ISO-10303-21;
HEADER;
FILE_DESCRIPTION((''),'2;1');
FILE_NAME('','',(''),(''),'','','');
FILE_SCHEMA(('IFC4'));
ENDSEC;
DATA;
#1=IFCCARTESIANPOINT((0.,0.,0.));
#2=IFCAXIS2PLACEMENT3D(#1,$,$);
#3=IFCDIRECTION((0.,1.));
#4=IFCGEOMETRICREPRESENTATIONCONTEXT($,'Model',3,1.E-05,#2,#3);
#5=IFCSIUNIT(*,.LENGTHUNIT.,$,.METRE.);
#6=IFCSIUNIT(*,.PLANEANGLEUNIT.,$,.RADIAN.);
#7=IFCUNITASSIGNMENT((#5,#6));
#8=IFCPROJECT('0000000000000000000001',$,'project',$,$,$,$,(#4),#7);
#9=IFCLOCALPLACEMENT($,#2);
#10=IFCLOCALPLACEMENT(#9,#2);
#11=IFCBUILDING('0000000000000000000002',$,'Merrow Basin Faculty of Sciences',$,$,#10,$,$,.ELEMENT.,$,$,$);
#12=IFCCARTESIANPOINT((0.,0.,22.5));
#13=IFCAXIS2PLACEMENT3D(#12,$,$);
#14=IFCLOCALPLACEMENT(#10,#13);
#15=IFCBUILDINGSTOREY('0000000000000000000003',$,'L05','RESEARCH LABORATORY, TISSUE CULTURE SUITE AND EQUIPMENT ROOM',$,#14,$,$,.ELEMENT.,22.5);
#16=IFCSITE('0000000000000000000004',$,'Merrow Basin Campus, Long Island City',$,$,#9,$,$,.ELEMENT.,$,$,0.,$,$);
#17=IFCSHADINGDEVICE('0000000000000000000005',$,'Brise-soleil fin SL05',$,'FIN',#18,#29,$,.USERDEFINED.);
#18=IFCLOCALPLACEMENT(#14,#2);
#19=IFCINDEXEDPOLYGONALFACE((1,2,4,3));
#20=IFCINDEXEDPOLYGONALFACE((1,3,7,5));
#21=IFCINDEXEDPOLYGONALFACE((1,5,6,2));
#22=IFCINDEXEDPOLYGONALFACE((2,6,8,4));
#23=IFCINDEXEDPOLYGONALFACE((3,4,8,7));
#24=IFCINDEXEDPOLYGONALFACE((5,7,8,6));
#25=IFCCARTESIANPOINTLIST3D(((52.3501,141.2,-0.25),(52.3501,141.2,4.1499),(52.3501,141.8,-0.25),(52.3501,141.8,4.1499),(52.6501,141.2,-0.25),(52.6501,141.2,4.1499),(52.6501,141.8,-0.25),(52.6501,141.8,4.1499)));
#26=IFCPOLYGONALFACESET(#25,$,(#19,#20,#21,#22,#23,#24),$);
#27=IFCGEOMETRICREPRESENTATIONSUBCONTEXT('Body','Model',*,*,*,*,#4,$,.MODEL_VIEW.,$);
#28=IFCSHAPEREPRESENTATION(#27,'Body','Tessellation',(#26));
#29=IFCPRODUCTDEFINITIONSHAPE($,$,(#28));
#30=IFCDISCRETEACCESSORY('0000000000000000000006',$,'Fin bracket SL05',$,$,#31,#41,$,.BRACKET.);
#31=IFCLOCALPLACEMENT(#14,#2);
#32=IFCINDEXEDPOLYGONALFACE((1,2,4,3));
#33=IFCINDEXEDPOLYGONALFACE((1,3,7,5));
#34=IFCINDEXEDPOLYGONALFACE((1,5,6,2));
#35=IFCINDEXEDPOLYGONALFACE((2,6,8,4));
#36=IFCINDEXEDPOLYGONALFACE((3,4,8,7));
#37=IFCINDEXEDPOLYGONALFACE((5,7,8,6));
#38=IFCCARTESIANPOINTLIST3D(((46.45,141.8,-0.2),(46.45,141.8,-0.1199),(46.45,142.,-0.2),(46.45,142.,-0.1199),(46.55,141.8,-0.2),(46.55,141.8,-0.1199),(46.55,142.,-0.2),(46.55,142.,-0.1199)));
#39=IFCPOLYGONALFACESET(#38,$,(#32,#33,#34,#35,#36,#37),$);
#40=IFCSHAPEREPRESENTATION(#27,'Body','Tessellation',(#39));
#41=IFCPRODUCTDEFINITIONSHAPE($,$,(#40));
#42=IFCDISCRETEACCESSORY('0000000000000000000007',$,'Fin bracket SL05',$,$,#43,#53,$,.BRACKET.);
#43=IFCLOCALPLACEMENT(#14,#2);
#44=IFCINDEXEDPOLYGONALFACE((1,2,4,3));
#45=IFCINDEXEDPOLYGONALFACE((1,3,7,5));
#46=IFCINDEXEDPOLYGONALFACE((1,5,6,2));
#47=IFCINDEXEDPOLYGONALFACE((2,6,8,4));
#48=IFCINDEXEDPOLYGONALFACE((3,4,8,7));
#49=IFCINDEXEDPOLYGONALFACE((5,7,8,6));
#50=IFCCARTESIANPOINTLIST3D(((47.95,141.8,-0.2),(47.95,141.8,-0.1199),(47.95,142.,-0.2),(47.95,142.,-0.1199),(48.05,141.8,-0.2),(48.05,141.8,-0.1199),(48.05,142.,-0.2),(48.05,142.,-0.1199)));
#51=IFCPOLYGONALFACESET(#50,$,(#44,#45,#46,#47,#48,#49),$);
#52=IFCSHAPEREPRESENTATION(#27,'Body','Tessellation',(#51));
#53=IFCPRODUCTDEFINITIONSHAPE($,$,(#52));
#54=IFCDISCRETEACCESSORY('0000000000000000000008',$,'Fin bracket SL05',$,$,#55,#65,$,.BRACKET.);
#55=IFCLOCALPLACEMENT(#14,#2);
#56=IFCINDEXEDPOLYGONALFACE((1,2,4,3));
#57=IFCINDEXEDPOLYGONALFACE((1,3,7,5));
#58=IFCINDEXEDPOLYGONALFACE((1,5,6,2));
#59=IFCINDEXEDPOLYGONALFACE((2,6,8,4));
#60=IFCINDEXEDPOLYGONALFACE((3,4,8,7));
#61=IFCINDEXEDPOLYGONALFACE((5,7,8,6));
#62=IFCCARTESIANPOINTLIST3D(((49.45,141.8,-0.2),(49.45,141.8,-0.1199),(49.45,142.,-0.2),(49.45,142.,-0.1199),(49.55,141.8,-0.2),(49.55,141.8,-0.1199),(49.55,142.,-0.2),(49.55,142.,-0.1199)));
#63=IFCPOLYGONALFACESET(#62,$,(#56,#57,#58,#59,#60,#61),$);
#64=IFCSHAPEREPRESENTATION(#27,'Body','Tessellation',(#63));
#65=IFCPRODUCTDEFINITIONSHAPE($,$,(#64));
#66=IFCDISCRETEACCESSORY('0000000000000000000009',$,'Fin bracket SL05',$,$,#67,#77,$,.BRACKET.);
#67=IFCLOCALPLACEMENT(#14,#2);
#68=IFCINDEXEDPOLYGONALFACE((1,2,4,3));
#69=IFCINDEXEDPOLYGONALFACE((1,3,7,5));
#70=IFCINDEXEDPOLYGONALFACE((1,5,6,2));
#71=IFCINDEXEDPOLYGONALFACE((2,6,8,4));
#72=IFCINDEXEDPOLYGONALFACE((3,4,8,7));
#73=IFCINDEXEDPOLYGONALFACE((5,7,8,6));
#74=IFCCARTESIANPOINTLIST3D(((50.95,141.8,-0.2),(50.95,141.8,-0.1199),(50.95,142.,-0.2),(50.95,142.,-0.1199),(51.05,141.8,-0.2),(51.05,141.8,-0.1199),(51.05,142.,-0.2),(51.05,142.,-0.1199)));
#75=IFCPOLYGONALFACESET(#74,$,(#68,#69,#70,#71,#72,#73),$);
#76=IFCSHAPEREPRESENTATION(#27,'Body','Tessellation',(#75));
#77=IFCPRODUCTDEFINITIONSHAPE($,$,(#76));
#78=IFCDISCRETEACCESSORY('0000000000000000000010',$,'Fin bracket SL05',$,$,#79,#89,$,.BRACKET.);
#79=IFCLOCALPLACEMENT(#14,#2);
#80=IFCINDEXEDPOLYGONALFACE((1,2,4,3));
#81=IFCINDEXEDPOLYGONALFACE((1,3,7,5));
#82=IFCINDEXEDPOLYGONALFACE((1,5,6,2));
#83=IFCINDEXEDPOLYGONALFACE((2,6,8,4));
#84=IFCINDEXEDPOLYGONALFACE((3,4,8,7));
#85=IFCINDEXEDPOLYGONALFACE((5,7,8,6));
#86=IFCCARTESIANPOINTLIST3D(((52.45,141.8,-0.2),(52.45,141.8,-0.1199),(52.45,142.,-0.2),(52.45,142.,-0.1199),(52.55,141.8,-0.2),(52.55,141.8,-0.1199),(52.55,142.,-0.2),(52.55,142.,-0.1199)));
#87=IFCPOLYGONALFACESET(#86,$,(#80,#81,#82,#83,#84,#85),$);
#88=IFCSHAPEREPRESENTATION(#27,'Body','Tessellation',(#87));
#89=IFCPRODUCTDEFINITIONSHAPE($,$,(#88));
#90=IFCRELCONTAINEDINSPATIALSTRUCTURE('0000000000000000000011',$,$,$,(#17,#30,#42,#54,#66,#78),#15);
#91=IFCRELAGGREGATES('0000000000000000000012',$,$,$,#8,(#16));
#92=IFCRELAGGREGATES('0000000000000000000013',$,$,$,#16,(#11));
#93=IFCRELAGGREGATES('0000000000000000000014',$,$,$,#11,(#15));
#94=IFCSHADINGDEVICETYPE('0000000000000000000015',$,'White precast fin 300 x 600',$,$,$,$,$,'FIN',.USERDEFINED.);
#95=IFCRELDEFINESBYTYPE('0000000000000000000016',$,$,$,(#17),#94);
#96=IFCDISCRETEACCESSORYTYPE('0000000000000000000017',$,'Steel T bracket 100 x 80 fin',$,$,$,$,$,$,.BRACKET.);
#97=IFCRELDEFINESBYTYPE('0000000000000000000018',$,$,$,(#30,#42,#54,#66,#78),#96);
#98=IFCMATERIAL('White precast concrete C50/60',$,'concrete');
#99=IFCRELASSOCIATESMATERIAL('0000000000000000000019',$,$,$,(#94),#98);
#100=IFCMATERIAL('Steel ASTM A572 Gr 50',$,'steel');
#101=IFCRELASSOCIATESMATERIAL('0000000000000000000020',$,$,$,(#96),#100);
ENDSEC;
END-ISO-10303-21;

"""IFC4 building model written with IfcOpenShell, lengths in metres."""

from ifc_helpers import new_model, si_unit, direction, frame, origin, place, context, subcontext, project, spatial, polyline, outline, extrude, source, transform, mapped, material, type_object, element, save


model = new_model("IFC4")

# Units and contexts
model_context = context("Model", 3, precision=1e-05, world=origin(), true_north=direction((0.0, 1.0)))
body_context = subcontext(model_context, "Body", "Model", "MODEL_VIEW")
ifc_project = project(units=[si_unit("LENGTHUNIT", "METRE"), si_unit("PLANEANGLEUNIT", "RADIAN")], contexts=[model_context])

# Site, building, storey
site_placement = place(None, origin())
site = spatial("IfcSite", under=ifc_project, at=site_placement, Name="Merrow Basin Campus, Long Island City", CompositionType="ELEMENT", RefElevation=0.0)
building_placement = place(site_placement, origin())
building = spatial("IfcBuilding", under=site, at=building_placement, Name="Merrow Basin Faculty of Sciences", CompositionType="ELEMENT")
storey_placement = place(building_placement, frame((0.0, 0.0, 22.5)))
storey = spatial("IfcBuildingStorey", under=building, at=storey_placement, Name="L05", Description="RESEARCH LABORATORY, TISSUE CULTURE SUITE AND EQUIPMENT ROOM", CompositionType="ELEMENT", Elevation=22.5)

# Shading device
ifc_material_1 = material(Name="White precast concrete C50/60", Category="concrete")
shading_device_type = type_object("IfcShadingDeviceType", Name="White precast fin 300 x 600", ElementType="FIN", PredefinedType="USERDEFINED", material=ifc_material_1)
shared_shape_1 = source(origin(), body_context, "Body", "SweptSolid", [
    extrude(outline(polyline([(0.0, 0.0), (0.3, 0.0), (0.3, 4.3999), (0.0, 4.3999), (0.0, 0.0)])), origin(), (0.0, 0.0, 1.0), 0.6001),
])
for number, where, z_axis, x_axis, name in (
    (1, (52.3501, 141.8, -0.25), (0.0, -1.0, 0.0), (1.0, 0.0, 0.0), "Brise-soleil fin SL05"),
):
    element("IfcShadingDevice", number, at=place(storey_placement, frame(where, z_axis=z_axis, x_axis=x_axis)), inside=storey, type_object=shading_device_type, Name=name, ObjectType="FIN", PredefinedType="USERDEFINED", context=body_context, shape_type="MappedRepresentation", body=[
        mapped(shared_shape_1, transform((0.0, 0.0, 0.0), scale=1.0)),
    ])

# Discrete accessories
ifc_material_2 = material(Name="Steel ASTM A572 Gr 50", Category="steel")
discrete_accessory_type = type_object("IfcDiscreteAccessoryType", Name="Steel T bracket 100 x 80 fin", PredefinedType="BRACKET", material=ifc_material_2)
shared_shape_2 = source(origin(), body_context, "Body", "SweptSolid", [
    extrude(outline(polyline([(0.0, 0.0), (0.1001, 0.0), (0.1001, 0.0801), (0.0, 0.0801), (0.0, 0.0)])), origin(), (0.0, 0.0, 1.0), 0.2),
])
for number, where, z_axis, x_axis, name in (
    (2, (46.45, 142.0, -0.2), (0.0, -1.0, 0.0), (1.0, 0.0, 0.0), "Fin bracket SL05"),
    (3, (47.95, 142.0, -0.2), (0.0, -1.0, 0.0), (1.0, 0.0, 0.0), "Fin bracket SL05"),
    (4, (49.45, 142.0, -0.2), (0.0, -1.0, 0.0), (1.0, 0.0, 0.0), "Fin bracket SL05"),
    (5, (50.95, 142.0, -0.2), (0.0, -1.0, 0.0), (1.0, 0.0, 0.0), "Fin bracket SL05"),
    (6, (52.45, 142.0, -0.2), (0.0, -1.0, 0.0), (1.0, 0.0, 0.0), "Fin bracket SL05"),
):
    element("IfcDiscreteAccessory", number, at=place(storey_placement, frame(where, z_axis=z_axis, x_axis=x_axis)), inside=storey, type_object=discrete_accessory_type, Name=name, PredefinedType="BRACKET", context=body_context, shape_type="MappedRepresentation", body=[
        mapped(shared_shape_2, transform((0.0, 0.0, 0.0), scale=1.0)),
    ])

save(model, "model.ifc")
